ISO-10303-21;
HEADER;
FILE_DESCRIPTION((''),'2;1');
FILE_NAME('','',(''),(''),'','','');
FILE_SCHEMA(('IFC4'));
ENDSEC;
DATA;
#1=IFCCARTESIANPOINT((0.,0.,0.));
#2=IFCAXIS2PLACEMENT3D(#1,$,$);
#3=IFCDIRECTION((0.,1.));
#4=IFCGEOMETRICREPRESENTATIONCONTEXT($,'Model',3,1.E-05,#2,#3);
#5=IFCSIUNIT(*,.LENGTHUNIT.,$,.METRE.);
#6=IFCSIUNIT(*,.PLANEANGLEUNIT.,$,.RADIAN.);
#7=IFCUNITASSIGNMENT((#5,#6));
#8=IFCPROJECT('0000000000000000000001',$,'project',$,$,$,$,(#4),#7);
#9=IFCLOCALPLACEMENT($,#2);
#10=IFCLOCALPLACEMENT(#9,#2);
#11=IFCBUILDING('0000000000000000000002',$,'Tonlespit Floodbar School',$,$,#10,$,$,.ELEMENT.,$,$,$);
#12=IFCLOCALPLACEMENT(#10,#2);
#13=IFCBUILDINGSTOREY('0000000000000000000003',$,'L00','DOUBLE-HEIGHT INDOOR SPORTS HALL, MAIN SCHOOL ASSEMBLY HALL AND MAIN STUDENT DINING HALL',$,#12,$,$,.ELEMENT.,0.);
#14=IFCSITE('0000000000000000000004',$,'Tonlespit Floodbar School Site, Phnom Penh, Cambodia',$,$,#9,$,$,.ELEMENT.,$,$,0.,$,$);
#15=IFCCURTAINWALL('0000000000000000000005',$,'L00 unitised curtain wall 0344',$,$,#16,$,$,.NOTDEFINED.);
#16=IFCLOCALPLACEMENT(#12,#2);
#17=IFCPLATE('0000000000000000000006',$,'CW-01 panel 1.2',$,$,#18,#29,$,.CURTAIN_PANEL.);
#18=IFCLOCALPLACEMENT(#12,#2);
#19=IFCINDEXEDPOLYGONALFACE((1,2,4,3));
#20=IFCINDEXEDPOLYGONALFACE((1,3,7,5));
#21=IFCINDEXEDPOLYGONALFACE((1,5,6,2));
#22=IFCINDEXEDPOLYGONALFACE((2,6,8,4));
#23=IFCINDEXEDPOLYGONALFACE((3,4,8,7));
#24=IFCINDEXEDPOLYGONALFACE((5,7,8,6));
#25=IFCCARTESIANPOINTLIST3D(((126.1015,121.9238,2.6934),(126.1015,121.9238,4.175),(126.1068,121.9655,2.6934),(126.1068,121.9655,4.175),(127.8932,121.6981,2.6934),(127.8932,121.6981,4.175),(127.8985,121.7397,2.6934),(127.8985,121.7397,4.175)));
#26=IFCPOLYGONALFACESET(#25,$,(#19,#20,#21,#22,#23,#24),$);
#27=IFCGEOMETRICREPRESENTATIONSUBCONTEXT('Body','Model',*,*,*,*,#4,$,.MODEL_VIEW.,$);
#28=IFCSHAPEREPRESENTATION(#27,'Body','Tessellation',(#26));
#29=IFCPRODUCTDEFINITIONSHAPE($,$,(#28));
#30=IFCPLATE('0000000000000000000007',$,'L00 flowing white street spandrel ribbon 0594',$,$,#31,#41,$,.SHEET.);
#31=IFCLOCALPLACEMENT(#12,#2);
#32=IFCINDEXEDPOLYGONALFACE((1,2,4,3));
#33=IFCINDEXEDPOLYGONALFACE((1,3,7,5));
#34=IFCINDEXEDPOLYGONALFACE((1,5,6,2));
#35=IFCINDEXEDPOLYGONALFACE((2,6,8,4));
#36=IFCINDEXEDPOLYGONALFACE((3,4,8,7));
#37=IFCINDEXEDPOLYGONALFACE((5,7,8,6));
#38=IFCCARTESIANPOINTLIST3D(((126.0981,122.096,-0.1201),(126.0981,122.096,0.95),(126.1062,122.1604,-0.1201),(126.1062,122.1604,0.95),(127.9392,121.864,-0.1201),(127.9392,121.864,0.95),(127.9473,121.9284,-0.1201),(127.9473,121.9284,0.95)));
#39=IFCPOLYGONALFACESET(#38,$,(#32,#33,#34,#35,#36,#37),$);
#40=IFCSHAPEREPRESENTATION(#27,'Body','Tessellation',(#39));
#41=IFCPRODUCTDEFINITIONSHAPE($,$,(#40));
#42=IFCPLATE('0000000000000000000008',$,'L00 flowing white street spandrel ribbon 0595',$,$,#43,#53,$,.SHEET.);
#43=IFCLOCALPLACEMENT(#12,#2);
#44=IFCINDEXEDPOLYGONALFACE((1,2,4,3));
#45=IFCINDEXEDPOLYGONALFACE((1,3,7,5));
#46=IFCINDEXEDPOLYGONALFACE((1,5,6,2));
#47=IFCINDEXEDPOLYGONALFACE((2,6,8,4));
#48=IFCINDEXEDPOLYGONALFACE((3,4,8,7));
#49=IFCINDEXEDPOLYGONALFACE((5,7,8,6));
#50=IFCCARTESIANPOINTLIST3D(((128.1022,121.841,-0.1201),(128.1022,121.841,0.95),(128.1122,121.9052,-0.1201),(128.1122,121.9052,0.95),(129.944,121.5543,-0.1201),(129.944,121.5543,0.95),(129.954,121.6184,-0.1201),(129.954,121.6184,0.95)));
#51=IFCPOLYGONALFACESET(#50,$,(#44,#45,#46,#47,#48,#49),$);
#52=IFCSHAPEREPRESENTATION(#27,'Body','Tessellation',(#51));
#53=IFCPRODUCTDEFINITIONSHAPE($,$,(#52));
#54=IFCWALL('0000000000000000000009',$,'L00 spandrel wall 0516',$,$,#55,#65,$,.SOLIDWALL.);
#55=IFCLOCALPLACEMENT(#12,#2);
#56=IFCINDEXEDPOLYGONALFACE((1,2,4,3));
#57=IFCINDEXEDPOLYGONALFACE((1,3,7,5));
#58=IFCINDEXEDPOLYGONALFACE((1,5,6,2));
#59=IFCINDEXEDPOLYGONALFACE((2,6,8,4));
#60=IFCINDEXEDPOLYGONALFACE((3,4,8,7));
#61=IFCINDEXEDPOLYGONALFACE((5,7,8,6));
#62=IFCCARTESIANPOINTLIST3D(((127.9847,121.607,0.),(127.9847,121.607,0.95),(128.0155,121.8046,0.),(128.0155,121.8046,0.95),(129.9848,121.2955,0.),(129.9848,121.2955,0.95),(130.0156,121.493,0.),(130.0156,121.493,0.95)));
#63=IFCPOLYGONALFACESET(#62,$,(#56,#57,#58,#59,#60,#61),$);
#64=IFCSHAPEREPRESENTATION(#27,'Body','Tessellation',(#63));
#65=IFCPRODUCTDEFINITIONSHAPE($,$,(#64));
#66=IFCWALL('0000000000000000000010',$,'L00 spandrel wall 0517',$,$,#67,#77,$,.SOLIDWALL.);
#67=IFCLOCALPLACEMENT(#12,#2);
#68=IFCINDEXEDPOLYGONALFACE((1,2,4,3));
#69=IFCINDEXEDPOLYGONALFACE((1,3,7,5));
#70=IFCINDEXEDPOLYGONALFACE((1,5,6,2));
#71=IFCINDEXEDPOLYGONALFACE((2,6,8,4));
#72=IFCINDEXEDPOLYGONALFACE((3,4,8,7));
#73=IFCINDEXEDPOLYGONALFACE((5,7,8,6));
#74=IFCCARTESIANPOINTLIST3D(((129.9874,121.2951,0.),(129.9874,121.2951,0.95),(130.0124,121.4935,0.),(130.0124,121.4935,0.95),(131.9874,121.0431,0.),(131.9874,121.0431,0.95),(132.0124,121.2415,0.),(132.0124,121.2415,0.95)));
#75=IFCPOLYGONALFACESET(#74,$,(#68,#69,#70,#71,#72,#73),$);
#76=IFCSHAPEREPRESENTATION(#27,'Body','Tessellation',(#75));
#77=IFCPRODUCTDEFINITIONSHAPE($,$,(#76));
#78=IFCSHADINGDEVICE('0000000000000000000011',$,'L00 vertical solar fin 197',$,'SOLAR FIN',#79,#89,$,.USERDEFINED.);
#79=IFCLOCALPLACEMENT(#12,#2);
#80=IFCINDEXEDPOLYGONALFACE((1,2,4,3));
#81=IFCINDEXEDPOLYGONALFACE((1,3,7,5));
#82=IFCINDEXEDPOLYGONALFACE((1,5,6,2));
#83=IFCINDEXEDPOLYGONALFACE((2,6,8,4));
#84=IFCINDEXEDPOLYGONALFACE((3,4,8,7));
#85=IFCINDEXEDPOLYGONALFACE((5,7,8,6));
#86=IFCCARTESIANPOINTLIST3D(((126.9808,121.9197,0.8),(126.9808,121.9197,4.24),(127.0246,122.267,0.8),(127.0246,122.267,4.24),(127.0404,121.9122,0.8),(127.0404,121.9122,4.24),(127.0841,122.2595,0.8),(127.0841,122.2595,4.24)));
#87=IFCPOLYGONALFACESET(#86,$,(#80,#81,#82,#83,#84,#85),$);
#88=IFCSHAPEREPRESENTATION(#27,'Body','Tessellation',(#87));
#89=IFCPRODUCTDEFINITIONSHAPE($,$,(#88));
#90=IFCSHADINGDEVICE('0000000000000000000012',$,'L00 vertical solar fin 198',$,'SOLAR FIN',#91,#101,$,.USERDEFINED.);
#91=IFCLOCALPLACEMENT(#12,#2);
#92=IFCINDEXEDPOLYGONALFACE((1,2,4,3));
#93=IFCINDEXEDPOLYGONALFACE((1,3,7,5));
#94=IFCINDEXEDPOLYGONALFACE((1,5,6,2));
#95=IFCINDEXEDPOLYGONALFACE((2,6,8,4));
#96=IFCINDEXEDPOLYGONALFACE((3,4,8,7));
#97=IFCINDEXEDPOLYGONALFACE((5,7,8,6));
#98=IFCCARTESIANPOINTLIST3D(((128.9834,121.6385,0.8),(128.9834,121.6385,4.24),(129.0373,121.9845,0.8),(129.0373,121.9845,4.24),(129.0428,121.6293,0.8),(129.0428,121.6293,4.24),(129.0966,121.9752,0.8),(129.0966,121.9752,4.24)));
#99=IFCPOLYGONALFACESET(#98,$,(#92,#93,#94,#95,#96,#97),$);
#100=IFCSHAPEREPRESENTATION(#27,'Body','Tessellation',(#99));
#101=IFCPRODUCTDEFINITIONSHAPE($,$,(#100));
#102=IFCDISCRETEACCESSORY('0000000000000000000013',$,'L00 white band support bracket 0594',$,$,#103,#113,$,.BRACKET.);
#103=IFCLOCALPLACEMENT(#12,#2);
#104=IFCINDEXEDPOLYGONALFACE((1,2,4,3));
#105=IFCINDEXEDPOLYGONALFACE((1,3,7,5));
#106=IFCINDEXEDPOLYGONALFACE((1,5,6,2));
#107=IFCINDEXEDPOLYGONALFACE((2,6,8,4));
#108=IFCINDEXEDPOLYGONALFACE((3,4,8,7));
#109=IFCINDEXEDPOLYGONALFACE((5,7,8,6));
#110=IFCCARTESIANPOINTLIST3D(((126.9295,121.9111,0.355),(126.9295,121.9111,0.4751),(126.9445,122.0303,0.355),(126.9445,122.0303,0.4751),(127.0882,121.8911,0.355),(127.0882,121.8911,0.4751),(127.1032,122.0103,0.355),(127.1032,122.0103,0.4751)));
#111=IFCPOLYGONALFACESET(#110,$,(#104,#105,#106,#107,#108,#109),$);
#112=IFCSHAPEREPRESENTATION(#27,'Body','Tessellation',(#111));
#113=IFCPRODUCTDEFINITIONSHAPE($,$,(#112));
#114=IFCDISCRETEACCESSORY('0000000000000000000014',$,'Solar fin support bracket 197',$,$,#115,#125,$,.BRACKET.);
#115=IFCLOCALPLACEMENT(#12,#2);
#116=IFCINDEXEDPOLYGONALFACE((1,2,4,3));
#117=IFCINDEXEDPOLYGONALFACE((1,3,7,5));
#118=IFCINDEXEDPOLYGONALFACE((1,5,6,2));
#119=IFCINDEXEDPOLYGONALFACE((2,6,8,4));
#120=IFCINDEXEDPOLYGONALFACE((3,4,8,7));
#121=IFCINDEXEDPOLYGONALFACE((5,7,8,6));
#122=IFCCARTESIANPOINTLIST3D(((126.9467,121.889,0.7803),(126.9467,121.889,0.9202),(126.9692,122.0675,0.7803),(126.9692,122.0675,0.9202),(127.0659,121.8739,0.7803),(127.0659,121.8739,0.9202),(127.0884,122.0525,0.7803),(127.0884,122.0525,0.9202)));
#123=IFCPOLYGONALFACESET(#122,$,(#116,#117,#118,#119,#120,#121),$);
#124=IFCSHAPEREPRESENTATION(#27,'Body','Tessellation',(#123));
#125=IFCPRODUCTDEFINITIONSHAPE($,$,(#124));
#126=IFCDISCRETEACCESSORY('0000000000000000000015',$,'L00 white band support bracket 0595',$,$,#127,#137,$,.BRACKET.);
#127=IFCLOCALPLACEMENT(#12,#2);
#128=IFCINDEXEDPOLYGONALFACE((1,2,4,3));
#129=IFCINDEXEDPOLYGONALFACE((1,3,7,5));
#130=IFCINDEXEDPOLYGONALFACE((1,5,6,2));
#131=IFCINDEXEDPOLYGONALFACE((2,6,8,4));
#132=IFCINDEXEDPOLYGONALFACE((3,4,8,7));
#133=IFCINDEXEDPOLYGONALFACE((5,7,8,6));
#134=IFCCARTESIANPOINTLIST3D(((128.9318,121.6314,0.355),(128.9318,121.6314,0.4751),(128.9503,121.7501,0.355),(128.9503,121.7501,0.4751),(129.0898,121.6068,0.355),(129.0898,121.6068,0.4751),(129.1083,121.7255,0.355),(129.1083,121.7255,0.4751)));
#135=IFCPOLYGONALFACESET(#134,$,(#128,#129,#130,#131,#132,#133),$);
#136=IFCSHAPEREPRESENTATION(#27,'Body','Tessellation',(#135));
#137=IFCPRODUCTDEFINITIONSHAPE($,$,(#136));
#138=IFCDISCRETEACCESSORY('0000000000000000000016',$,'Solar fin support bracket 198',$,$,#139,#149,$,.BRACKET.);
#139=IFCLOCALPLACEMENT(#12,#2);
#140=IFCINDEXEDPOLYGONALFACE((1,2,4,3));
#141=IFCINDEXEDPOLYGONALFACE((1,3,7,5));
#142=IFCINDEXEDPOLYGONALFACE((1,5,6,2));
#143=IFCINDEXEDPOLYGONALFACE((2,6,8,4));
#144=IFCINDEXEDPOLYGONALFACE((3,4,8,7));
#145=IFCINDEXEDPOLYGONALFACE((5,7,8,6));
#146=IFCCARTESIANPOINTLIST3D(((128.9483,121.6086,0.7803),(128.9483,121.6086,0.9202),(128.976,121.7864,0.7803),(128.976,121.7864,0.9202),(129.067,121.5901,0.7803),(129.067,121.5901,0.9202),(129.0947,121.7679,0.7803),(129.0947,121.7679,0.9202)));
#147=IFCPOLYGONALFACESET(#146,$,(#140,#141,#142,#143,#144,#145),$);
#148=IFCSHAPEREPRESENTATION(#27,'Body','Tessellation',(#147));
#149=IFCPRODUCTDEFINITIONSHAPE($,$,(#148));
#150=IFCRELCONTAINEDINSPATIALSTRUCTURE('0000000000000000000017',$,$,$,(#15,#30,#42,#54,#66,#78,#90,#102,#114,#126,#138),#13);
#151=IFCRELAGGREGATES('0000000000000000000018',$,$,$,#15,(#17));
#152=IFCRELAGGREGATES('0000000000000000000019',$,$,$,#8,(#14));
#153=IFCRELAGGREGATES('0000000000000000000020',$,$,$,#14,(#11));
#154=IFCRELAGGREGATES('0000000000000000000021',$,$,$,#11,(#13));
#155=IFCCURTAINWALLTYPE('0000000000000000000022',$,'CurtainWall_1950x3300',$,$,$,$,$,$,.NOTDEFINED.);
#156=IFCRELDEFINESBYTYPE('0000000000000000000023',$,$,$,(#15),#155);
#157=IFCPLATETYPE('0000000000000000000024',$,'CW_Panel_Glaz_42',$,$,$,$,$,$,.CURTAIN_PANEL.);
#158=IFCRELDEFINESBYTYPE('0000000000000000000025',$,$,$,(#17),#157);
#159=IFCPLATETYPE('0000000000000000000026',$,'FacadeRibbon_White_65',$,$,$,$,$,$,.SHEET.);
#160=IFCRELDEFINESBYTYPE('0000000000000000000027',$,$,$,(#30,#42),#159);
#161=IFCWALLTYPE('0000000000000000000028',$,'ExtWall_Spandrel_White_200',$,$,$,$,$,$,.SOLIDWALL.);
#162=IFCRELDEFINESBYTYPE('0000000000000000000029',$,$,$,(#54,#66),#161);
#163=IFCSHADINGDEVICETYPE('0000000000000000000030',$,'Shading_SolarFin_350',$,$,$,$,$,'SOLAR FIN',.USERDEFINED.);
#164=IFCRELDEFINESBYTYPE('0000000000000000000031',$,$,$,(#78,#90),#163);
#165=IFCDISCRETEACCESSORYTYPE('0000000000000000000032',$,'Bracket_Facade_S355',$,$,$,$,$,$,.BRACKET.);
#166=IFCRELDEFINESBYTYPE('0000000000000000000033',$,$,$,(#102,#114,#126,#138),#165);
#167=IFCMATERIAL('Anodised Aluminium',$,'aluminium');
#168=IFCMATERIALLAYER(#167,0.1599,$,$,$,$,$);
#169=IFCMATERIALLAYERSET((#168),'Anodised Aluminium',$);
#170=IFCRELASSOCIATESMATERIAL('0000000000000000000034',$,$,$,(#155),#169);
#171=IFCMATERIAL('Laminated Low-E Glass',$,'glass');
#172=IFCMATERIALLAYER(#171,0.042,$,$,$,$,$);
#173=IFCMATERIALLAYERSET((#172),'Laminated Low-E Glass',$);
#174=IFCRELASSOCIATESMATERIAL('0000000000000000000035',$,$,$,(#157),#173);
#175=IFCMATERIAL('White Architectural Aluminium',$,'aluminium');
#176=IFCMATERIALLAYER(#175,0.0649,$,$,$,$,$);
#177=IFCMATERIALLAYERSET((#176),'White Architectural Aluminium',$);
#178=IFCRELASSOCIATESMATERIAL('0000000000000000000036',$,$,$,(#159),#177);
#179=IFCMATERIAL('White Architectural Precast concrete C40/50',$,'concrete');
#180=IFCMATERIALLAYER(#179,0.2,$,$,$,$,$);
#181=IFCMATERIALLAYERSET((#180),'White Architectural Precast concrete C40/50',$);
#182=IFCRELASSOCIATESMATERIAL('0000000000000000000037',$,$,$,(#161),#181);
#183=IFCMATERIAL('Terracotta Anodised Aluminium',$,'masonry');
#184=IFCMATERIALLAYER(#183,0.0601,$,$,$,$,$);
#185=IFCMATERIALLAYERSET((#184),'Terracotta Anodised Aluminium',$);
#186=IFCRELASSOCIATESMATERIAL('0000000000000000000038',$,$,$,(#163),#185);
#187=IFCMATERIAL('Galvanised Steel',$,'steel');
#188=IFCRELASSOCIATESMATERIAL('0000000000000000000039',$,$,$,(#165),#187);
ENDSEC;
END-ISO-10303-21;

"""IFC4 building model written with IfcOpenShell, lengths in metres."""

from ifc_helpers import new_model, si_unit, direction, frame, frame_2d, origin, origin_2d, place, context, subcontext, project, spatial, rectangle, extrude, material, layer, layer_set, type_object, element, aggregate, save


model = new_model("IFC4")

# Units and contexts
model_context = context("Model", 3, precision=1e-05, world=origin(), true_north=direction((0.0, 1.0)))
body_context = subcontext(model_context, "Body", "Model", "MODEL_VIEW")
ifc_project = project(units=[si_unit("LENGTHUNIT", "METRE"), si_unit("PLANEANGLEUNIT", "RADIAN")], contexts=[model_context])

# Site, building, storey
site_placement = place(None, origin())
site = spatial("IfcSite", under=ifc_project, at=site_placement, Name="Tonlespit Floodbar School Site, Phnom Penh, Cambodia", CompositionType="ELEMENT", RefElevation=0.0)
building_placement = place(site_placement, origin())
building = spatial("IfcBuilding", under=site, at=building_placement, Name="Tonlespit Floodbar School", CompositionType="ELEMENT")
storey_placement = place(building_placement, origin())
storey = spatial("IfcBuildingStorey", under=building, at=storey_placement, Name="L00", Description="DOUBLE-HEIGHT INDOOR SPORTS HALL, MAIN SCHOOL ASSEMBLY HALL AND MAIN STUDENT DINING HALL", CompositionType="ELEMENT", Elevation=0.0)

# Curtain wall
ifc_material_1 = material(Name="Anodised Aluminium", Category="aluminium")
ifc_layer_1 = layer(ifc_material_1, 0.1599)
ifc_layer_set_1 = layer_set([ifc_layer_1], Name="Anodised Aluminium")
curtain_wall_type = type_object("IfcCurtainWallType", Name="CurtainWall_1950x3300", PredefinedType="NOTDEFINED", material=ifc_layer_set_1)
curtain_wall_1_placement = place(storey_placement, origin())
curtain_wall_1 = element("IfcCurtainWall", 1, at=curtain_wall_1_placement, inside=storey, type_object=curtain_wall_type, Name="L00 unitised curtain wall 0344", PredefinedType="NOTDEFINED")

# Plate
ifc_material_2 = material(Name="Laminated Low-E Glass", Category="glass")
ifc_layer_2 = layer(ifc_material_2, 0.042)
ifc_layer_set_2 = layer_set([ifc_layer_2], Name="Laminated Low-E Glass")
plate_type_1 = type_object("IfcPlateType", Name="CW_Panel_Glaz_42", PredefinedType="CURTAIN_PANEL", material=ifc_layer_set_2)
plate_1_placement = place(storey_placement, frame((127.0, 121.8318, 2.6934), z_axis=(0.0, 0.0, 1.0), x_axis=(0.992155, -0.125014, 0.0)))
plate_1 = element("IfcPlate", 2, at=plate_1_placement, type_object=plate_type_1, Name="CW-01 panel 1.2", PredefinedType="CURTAIN_PANEL", context=body_context, shape_type="SweptSolid", body=[
    extrude(rectangle(XDim=1.8059, YDim=0.042, at=origin_2d()), origin(), (0.0, 0.0, 1.0), 1.4817),
])
aggregate(curtain_wall_1, [plate_1])

# Plates
ifc_material_3 = material(Name="White Architectural Aluminium", Category="aluminium")
ifc_layer_3 = layer(ifc_material_3, 0.0649)
ifc_layer_set_3 = layer_set([ifc_layer_3], Name="White Architectural Aluminium")
plate_type_2 = type_object("IfcPlateType", Name="FacadeRibbon_White_65", PredefinedType="SHEET", material=ifc_layer_set_3)
plate_2_placement = place(storey_placement, frame((127.0227, 122.0122, -0.1201), z_axis=(0.0, 0.0, 1.0), x_axis=(0.992155, -0.125011, 0.0)))
element("IfcPlate", 3, at=plate_2_placement, inside=storey, type_object=plate_type_2, Name="L00 flowing white street spandrel ribbon 0594", PredefinedType="SHEET", context=body_context, shape_type="SweptSolid", body=[
    extrude(rectangle(XDim=1.8557, YDim=0.0649, at=origin_2d()), origin(), (0.0, 0.0, 1.0), 1.0701),
])
plate_3_placement = place(storey_placement, frame((129.0281, 121.7297, -0.1201), z_axis=(0.0, 0.0, 1.0), x_axis=(0.988095, -0.153846, 0.0)))
element("IfcPlate", 4, at=plate_3_placement, inside=storey, type_object=plate_type_2, Name="L00 flowing white street spandrel ribbon 0595", PredefinedType="SHEET", context=body_context, shape_type="SweptSolid", body=[
    extrude(rectangle(XDim=1.864, YDim=0.0649, at=origin_2d()), origin(), (0.0, 0.0, 1.0), 1.0701),
])

# Walls
ifc_material_4 = material(Name="White Architectural Precast concrete C40/50", Category="concrete")
ifc_layer_4 = layer(ifc_material_4, 0.2)
ifc_layer_set_4 = layer_set([ifc_layer_4], Name="White Architectural Precast concrete C40/50")
wall_type = type_object("IfcWallType", Name="ExtWall_Spandrel_White_200", PredefinedType="SOLIDWALL", material=ifc_layer_set_4)
wall_1_placement = place(storey_placement, frame((128.0, 121.7058, 0.0), z_axis=(0.0, 0.0, 1.0), x_axis=(0.988086, -0.153906, 0.0)))
element("IfcWall", 5, at=wall_1_placement, inside=storey, type_object=wall_type, Name="L00 spandrel wall 0516", PredefinedType="SOLIDWALL", context=body_context, shape_type="SweptSolid", body=[
    extrude(rectangle(XDim=2.0242, YDim=0.2, at=frame_2d((1.0122, 0.0))), origin(), (0.0, 0.0, 1.0), 0.95),
])
wall_2_placement = place(storey_placement, frame((130.0, 121.3943, 0.0), z_axis=(0.0, 0.0, 1.0), x_axis=(0.992158, -0.124989, 0.0)))
element("IfcWall", 6, at=wall_2_placement, inside=storey, type_object=wall_type, Name="L00 spandrel wall 0517", PredefinedType="SOLIDWALL", context=body_context, shape_type="SweptSolid", body=[
    extrude(rectangle(XDim=2.0159, YDim=0.2, at=frame_2d((1.0078, 0.0))), origin(), (0.0, 0.0, 1.0), 0.95),
])

# Shading devices
ifc_material_5 = material(Name="Terracotta Anodised Aluminium", Category="masonry")
ifc_layer_5 = layer(ifc_material_5, 0.0601)
ifc_layer_set_5 = layer_set([ifc_layer_5], Name="Terracotta Anodised Aluminium")
shading_device_type = type_object("IfcShadingDeviceType", Name="Shading_SolarFin_350", ElementType="SOLAR FIN", PredefinedType="USERDEFINED", material=ifc_layer_set_5)
for number, where, z_axis, x_axis, name in (
    (7, (127.0325, 122.0896, 0.8), (0.0, 0.0, 1.0), (0.992155, -0.125011, 0.0), "L00 vertical solar fin 197"),
    (8, (129.04, 121.8069, 0.8), (0.0, 0.0, 1.0), (0.988095, -0.153846, 0.0), "L00 vertical solar fin 198"),
):
    element("IfcShadingDevice", number, at=place(storey_placement, frame(where, z_axis=z_axis, x_axis=x_axis)), inside=storey, type_object=shading_device_type, Name=name, ObjectType="SOLAR FIN", PredefinedType="USERDEFINED", context=body_context, shape_type="SweptSolid", body=[
        extrude(rectangle(XDim=0.0601, YDim=0.3501, at=origin_2d()), origin(), (0.0, 0.0, 1.0), 3.4399),
    ])

# Discrete accessories
ifc_material_6 = material(Name="Galvanised Steel", Category="steel")
discrete_accessory_type = type_object("IfcDiscreteAccessoryType", Name="Bracket_Facade_S355", PredefinedType="BRACKET", material=ifc_material_6)
discrete_accessory_1_placement = place(storey_placement, frame((127.0164, 121.9607, 0.355), z_axis=(0.0, 0.0, 1.0), x_axis=(0.992155, -0.125011, 0.0)))
element("IfcDiscreteAccessory", 9, at=discrete_accessory_1_placement, inside=storey, type_object=discrete_accessory_type, Name="L00 white band support bracket 0594", PredefinedType="BRACKET", context=body_context, shape_type="SweptSolid", body=[
    extrude(rectangle(XDim=0.1599, YDim=0.1201, at=origin_2d()), origin(), (0.0, 0.0, 1.0), 0.1201),
])
discrete_accessory_2_placement = place(storey_placement, frame((127.0176, 121.9707, 0.7803), z_axis=(0.0, 0.0, 1.0), x_axis=(0.992155, -0.125011, 0.0)))
element("IfcDiscreteAccessory", 10, at=discrete_accessory_2_placement, inside=storey, type_object=discrete_accessory_type, Name="Solar fin support bracket 197", PredefinedType="BRACKET", context=body_context, shape_type="SweptSolid", body=[
    extrude(rectangle(XDim=0.1201, YDim=0.1799, at=origin_2d()), origin(), (0.0, 0.0, 1.0), 0.1399),
])
discrete_accessory_3_placement = place(storey_placement, frame((129.02, 121.6785, 0.355), z_axis=(0.0, 0.0, 1.0), x_axis=(0.988095, -0.153846, 0.0)))
element("IfcDiscreteAccessory", 11, at=discrete_accessory_3_placement, inside=storey, type_object=discrete_accessory_type, Name="L00 white band support bracket 0595", PredefinedType="BRACKET", context=body_context, shape_type="SweptSolid", body=[
    extrude(rectangle(XDim=0.1599, YDim=0.1201, at=origin_2d()), origin(), (0.0, 0.0, 1.0), 0.1201),
])
discrete_accessory_4_placement = place(storey_placement, frame((129.0215, 121.6882, 0.7803), z_axis=(0.0, 0.0, 1.0), x_axis=(0.988095, -0.153846, 0.0)))
element("IfcDiscreteAccessory", 12, at=discrete_accessory_4_placement, inside=storey, type_object=discrete_accessory_type, Name="Solar fin support bracket 198", PredefinedType="BRACKET", context=body_context, shape_type="SweptSolid", body=[
    extrude(rectangle(XDim=0.1201, YDim=0.1799, at=origin_2d()), origin(), (0.0, 0.0, 1.0), 0.1399),
])

save(model, "model.ifc")
